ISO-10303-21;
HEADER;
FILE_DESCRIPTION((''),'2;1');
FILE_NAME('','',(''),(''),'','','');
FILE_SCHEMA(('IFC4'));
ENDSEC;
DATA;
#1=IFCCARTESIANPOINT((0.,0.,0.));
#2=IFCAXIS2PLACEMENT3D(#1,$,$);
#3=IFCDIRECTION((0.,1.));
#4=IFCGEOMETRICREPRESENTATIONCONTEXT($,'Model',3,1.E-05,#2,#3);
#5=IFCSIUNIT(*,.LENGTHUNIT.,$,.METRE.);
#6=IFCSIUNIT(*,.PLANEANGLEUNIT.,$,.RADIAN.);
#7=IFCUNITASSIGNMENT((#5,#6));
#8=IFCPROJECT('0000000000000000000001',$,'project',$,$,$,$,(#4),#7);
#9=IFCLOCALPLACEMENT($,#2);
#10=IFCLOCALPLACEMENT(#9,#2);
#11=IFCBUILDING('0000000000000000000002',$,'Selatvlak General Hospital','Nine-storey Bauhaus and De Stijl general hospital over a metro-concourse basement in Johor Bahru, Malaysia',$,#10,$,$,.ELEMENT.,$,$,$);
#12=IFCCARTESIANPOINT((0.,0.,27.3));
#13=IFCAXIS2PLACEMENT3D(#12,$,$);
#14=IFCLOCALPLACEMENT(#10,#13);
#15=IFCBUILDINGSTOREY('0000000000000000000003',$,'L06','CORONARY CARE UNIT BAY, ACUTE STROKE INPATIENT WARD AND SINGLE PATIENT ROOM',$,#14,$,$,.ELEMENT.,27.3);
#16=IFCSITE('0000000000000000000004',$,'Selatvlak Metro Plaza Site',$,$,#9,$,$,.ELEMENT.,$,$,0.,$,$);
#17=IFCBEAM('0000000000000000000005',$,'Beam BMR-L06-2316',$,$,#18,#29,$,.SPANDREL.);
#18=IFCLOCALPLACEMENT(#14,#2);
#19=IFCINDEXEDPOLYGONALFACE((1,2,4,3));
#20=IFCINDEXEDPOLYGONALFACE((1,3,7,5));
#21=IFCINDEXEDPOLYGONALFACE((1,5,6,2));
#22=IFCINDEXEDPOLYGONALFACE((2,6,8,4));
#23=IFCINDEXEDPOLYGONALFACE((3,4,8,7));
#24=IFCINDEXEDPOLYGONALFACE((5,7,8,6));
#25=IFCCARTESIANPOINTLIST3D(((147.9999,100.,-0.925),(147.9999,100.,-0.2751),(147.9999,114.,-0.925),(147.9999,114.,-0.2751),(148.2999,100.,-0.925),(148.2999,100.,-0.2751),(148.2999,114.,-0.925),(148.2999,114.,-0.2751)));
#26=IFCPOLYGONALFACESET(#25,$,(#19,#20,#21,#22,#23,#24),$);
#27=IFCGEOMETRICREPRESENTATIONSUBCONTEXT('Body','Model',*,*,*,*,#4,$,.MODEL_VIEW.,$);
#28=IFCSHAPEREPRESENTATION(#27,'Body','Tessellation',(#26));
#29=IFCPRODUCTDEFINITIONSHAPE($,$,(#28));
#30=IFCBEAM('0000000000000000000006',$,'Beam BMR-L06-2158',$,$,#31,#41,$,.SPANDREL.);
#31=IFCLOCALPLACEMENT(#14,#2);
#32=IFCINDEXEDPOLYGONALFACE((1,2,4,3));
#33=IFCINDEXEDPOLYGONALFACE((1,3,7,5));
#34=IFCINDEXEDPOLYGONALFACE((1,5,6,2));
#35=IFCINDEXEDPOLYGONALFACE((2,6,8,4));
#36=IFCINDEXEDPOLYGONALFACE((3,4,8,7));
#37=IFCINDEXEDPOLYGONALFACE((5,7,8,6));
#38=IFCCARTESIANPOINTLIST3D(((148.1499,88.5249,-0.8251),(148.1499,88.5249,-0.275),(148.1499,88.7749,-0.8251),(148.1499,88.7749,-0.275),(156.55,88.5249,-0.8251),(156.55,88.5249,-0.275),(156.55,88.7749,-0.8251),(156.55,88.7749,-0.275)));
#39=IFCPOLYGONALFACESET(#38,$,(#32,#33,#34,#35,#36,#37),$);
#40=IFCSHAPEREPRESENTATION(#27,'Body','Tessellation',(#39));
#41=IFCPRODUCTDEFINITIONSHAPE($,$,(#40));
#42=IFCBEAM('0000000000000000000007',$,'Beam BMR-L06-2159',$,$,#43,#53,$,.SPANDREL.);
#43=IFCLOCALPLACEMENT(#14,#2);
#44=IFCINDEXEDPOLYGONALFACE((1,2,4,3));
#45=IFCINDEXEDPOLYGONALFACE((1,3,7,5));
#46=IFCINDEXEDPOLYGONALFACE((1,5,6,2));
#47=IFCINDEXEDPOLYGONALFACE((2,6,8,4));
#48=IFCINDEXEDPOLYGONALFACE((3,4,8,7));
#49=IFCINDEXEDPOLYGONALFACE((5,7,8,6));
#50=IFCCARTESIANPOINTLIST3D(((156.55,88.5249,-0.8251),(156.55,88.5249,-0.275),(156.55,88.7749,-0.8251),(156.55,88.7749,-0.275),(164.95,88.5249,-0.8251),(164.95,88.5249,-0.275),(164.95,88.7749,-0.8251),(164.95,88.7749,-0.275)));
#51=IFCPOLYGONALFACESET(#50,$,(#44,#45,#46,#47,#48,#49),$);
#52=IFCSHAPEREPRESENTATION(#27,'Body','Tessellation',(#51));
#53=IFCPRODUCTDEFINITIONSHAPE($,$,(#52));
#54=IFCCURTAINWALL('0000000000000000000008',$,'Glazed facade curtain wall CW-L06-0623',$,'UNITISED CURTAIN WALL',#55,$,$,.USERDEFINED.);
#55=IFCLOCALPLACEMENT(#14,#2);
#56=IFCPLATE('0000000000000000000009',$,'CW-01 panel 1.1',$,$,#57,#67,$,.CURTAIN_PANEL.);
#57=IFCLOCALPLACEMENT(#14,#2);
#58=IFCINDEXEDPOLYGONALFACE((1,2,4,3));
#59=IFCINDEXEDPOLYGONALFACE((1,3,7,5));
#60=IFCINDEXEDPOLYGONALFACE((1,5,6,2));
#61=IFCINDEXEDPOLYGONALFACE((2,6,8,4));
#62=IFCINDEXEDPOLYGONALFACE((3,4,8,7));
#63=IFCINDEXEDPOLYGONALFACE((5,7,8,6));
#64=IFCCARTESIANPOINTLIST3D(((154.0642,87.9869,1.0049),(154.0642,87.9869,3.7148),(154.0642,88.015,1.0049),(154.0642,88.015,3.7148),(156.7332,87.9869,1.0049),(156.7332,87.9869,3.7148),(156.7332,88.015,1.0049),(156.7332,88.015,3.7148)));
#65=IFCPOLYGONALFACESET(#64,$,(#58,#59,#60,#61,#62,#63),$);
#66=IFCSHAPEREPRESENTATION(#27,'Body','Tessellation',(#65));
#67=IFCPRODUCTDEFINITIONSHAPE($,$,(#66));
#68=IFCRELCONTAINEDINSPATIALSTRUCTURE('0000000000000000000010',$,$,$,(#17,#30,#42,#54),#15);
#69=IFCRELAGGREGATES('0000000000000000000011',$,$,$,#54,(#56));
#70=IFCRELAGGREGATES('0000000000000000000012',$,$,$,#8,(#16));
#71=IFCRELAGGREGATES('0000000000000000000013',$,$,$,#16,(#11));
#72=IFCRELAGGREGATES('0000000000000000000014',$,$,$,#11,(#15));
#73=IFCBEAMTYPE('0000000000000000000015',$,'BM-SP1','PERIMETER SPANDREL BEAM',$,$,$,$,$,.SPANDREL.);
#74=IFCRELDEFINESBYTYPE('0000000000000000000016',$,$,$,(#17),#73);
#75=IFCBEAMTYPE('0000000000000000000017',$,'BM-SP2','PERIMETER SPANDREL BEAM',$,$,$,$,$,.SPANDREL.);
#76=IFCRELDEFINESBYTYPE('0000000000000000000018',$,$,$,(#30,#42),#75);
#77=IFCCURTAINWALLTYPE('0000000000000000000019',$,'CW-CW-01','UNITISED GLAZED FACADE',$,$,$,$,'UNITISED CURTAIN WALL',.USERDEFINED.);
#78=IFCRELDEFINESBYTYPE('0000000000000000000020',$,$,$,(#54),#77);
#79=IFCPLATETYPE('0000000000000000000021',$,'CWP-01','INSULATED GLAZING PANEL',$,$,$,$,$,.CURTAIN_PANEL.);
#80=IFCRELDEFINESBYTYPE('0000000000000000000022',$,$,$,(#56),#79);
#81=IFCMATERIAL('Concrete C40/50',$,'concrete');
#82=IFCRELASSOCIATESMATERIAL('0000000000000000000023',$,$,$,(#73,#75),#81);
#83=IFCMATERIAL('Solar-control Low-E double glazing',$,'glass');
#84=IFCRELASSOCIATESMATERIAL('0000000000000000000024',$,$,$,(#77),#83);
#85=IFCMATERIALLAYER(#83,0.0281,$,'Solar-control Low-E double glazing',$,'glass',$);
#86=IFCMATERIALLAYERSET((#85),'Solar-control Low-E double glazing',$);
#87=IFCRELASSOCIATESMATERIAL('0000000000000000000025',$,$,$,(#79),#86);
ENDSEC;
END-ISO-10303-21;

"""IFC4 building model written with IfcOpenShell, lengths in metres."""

from ifc_helpers import new_model, si_unit, direction, frame, origin, origin_2d, place, context, subcontext, project, spatial, rectangle, extrude, material, layer, layer_set, material_profile, profile_set, type_object, element, aggregate, save


model = new_model("IFC4")

# Units and contexts
model_context = context("Model", 3, precision=1e-05, world=origin(), true_north=direction((0.0, 1.0)))
body_context = subcontext(model_context, "Body", "Model", "MODEL_VIEW")
ifc_project = project(units=[si_unit("LENGTHUNIT", "METRE"), si_unit("PLANEANGLEUNIT", "RADIAN")], contexts=[model_context])

# Site, building, storey
site_placement = place(None, origin())
site = spatial("IfcSite", under=ifc_project, at=site_placement, Name="Selatvlak Metro Plaza Site", CompositionType="ELEMENT", RefElevation=0.0)
building_placement = place(site_placement, origin())
building = spatial("IfcBuilding", under=site, at=building_placement, Name="Selatvlak General Hospital", Description="Nine-storey Bauhaus and De Stijl general hospital over a metro-concourse basement in Johor Bahru, Malaysia", CompositionType="ELEMENT")
storey_placement = place(building_placement, frame((0.0, 0.0, 27.3)))
storey = spatial("IfcBuildingStorey", under=building, at=storey_placement, Name="L06", Description="CORONARY CARE UNIT BAY, ACUTE STROKE INPATIENT WARD AND SINGLE PATIENT ROOM", CompositionType="ELEMENT", Elevation=27.3)

# Shared definitions
ifc_material_1 = material(Name="Concrete C40/50", Category="concrete")

# Beams
ifc_material_profile_1 = material_profile(ifc_material_1, rectangle(XDim=0.3, YDim=0.6499, at=origin_2d()), Name="RC-SP 300x650")
ifc_profile_set_1 = profile_set([ifc_material_profile_1], Name="Concrete C40/50")
beam_type_1 = type_object("IfcBeamType", Name="BM-SP1", Description="PERIMETER SPANDREL BEAM", PredefinedType="SPANDREL", material=ifc_profile_set_1)
beam_1_placement = place(storey_placement, frame((148.1499, 100.0, -0.6001), z_axis=(0.0, 1.0, 0.0), x_axis=(-1.0, 0.0, 0.0)))
element("IfcBeam", 1, at=beam_1_placement, inside=storey, type_object=beam_type_1, Name="Beam BMR-L06-2316", PredefinedType="SPANDREL", context=body_context, shape_type="SweptSolid", body=[
    extrude(rectangle(XDim=0.3, YDim=0.6499, at=origin_2d()), origin(), (0.0, 0.0, 1.0), 14.0),
])
ifc_material_profile_2 = material_profile(ifc_material_1, rectangle(XDim=0.25, YDim=0.55, at=origin_2d()), Name="RC-SP 250x550")
ifc_profile_set_2 = profile_set([ifc_material_profile_2], Name="Concrete C40/50")
beam_type_2 = type_object("IfcBeamType", Name="BM-SP2", Description="PERIMETER SPANDREL BEAM", PredefinedType="SPANDREL", material=ifc_profile_set_2)
beam_2_placement = place(storey_placement, frame((148.1499, 88.6499, -0.55), z_axis=(1.0, 0.0, 0.0), x_axis=(0.0, 1.0, 0.0)))
element("IfcBeam", 2, at=beam_2_placement, inside=storey, type_object=beam_type_2, Name="Beam BMR-L06-2158", PredefinedType="SPANDREL", context=body_context, shape_type="SweptSolid", body=[
    extrude(rectangle(XDim=0.25, YDim=0.55, at=origin_2d()), origin(), (0.0, 0.0, 1.0), 8.4001),
])
beam_3_placement = place(storey_placement, frame((156.55, 88.6499, -0.55), z_axis=(1.0, 0.0, 0.0), x_axis=(0.0, 1.0, 0.0)))
element("IfcBeam", 3, at=beam_3_placement, inside=storey, type_object=beam_type_2, Name="Beam BMR-L06-2159", PredefinedType="SPANDREL", context=body_context, shape_type="SweptSolid", body=[
    extrude(rectangle(XDim=0.25, YDim=0.55, at=origin_2d()), origin(), (0.0, 0.0, 1.0), 8.3999),
])

# Curtain wall, plate
ifc_material_2 = material(Name="Solar-control Low-E double glazing", Category="glass")
curtain_wall_type = type_object("IfcCurtainWallType", Name="CW-CW-01", Description="UNITISED GLAZED FACADE", ElementType="UNITISED CURTAIN WALL", PredefinedType="USERDEFINED", material=ifc_material_2)
curtain_wall_placement = place(storey_placement, origin())
curtain_wall = element("IfcCurtainWall", 4, at=curtain_wall_placement, inside=storey, type_object=curtain_wall_type, Name="Glazed facade curtain wall CW-L06-0623", ObjectType="UNITISED CURTAIN WALL", PredefinedType="USERDEFINED")
ifc_layer_1 = layer(ifc_material_2, 0.0281, Name="Solar-control Low-E double glazing", Category="glass")
ifc_layer_set_1 = layer_set([ifc_layer_1], Name="Solar-control Low-E double glazing")
plate_type = type_object("IfcPlateType", Name="CWP-01", Description="INSULATED GLAZING PANEL", PredefinedType="CURTAIN_PANEL", material=ifc_layer_set_1)
plate_placement = place(storey_placement, frame((155.3987, 88.001, 1.0049), z_axis=(0.0, 0.0, 1.0), x_axis=(-1.0, 0.0, 0.0)))
plate = element("IfcPlate", 5, at=plate_placement, type_object=plate_type, Name="CW-01 panel 1.1", PredefinedType="CURTAIN_PANEL", context=body_context, shape_type="SweptSolid", body=[
    extrude(rectangle(XDim=2.6689, YDim=0.0281, at=origin_2d()), origin(), (0.0, 0.0, 1.0), 2.71),
])
aggregate(curtain_wall, [plate])

save(model, "model.ifc")
